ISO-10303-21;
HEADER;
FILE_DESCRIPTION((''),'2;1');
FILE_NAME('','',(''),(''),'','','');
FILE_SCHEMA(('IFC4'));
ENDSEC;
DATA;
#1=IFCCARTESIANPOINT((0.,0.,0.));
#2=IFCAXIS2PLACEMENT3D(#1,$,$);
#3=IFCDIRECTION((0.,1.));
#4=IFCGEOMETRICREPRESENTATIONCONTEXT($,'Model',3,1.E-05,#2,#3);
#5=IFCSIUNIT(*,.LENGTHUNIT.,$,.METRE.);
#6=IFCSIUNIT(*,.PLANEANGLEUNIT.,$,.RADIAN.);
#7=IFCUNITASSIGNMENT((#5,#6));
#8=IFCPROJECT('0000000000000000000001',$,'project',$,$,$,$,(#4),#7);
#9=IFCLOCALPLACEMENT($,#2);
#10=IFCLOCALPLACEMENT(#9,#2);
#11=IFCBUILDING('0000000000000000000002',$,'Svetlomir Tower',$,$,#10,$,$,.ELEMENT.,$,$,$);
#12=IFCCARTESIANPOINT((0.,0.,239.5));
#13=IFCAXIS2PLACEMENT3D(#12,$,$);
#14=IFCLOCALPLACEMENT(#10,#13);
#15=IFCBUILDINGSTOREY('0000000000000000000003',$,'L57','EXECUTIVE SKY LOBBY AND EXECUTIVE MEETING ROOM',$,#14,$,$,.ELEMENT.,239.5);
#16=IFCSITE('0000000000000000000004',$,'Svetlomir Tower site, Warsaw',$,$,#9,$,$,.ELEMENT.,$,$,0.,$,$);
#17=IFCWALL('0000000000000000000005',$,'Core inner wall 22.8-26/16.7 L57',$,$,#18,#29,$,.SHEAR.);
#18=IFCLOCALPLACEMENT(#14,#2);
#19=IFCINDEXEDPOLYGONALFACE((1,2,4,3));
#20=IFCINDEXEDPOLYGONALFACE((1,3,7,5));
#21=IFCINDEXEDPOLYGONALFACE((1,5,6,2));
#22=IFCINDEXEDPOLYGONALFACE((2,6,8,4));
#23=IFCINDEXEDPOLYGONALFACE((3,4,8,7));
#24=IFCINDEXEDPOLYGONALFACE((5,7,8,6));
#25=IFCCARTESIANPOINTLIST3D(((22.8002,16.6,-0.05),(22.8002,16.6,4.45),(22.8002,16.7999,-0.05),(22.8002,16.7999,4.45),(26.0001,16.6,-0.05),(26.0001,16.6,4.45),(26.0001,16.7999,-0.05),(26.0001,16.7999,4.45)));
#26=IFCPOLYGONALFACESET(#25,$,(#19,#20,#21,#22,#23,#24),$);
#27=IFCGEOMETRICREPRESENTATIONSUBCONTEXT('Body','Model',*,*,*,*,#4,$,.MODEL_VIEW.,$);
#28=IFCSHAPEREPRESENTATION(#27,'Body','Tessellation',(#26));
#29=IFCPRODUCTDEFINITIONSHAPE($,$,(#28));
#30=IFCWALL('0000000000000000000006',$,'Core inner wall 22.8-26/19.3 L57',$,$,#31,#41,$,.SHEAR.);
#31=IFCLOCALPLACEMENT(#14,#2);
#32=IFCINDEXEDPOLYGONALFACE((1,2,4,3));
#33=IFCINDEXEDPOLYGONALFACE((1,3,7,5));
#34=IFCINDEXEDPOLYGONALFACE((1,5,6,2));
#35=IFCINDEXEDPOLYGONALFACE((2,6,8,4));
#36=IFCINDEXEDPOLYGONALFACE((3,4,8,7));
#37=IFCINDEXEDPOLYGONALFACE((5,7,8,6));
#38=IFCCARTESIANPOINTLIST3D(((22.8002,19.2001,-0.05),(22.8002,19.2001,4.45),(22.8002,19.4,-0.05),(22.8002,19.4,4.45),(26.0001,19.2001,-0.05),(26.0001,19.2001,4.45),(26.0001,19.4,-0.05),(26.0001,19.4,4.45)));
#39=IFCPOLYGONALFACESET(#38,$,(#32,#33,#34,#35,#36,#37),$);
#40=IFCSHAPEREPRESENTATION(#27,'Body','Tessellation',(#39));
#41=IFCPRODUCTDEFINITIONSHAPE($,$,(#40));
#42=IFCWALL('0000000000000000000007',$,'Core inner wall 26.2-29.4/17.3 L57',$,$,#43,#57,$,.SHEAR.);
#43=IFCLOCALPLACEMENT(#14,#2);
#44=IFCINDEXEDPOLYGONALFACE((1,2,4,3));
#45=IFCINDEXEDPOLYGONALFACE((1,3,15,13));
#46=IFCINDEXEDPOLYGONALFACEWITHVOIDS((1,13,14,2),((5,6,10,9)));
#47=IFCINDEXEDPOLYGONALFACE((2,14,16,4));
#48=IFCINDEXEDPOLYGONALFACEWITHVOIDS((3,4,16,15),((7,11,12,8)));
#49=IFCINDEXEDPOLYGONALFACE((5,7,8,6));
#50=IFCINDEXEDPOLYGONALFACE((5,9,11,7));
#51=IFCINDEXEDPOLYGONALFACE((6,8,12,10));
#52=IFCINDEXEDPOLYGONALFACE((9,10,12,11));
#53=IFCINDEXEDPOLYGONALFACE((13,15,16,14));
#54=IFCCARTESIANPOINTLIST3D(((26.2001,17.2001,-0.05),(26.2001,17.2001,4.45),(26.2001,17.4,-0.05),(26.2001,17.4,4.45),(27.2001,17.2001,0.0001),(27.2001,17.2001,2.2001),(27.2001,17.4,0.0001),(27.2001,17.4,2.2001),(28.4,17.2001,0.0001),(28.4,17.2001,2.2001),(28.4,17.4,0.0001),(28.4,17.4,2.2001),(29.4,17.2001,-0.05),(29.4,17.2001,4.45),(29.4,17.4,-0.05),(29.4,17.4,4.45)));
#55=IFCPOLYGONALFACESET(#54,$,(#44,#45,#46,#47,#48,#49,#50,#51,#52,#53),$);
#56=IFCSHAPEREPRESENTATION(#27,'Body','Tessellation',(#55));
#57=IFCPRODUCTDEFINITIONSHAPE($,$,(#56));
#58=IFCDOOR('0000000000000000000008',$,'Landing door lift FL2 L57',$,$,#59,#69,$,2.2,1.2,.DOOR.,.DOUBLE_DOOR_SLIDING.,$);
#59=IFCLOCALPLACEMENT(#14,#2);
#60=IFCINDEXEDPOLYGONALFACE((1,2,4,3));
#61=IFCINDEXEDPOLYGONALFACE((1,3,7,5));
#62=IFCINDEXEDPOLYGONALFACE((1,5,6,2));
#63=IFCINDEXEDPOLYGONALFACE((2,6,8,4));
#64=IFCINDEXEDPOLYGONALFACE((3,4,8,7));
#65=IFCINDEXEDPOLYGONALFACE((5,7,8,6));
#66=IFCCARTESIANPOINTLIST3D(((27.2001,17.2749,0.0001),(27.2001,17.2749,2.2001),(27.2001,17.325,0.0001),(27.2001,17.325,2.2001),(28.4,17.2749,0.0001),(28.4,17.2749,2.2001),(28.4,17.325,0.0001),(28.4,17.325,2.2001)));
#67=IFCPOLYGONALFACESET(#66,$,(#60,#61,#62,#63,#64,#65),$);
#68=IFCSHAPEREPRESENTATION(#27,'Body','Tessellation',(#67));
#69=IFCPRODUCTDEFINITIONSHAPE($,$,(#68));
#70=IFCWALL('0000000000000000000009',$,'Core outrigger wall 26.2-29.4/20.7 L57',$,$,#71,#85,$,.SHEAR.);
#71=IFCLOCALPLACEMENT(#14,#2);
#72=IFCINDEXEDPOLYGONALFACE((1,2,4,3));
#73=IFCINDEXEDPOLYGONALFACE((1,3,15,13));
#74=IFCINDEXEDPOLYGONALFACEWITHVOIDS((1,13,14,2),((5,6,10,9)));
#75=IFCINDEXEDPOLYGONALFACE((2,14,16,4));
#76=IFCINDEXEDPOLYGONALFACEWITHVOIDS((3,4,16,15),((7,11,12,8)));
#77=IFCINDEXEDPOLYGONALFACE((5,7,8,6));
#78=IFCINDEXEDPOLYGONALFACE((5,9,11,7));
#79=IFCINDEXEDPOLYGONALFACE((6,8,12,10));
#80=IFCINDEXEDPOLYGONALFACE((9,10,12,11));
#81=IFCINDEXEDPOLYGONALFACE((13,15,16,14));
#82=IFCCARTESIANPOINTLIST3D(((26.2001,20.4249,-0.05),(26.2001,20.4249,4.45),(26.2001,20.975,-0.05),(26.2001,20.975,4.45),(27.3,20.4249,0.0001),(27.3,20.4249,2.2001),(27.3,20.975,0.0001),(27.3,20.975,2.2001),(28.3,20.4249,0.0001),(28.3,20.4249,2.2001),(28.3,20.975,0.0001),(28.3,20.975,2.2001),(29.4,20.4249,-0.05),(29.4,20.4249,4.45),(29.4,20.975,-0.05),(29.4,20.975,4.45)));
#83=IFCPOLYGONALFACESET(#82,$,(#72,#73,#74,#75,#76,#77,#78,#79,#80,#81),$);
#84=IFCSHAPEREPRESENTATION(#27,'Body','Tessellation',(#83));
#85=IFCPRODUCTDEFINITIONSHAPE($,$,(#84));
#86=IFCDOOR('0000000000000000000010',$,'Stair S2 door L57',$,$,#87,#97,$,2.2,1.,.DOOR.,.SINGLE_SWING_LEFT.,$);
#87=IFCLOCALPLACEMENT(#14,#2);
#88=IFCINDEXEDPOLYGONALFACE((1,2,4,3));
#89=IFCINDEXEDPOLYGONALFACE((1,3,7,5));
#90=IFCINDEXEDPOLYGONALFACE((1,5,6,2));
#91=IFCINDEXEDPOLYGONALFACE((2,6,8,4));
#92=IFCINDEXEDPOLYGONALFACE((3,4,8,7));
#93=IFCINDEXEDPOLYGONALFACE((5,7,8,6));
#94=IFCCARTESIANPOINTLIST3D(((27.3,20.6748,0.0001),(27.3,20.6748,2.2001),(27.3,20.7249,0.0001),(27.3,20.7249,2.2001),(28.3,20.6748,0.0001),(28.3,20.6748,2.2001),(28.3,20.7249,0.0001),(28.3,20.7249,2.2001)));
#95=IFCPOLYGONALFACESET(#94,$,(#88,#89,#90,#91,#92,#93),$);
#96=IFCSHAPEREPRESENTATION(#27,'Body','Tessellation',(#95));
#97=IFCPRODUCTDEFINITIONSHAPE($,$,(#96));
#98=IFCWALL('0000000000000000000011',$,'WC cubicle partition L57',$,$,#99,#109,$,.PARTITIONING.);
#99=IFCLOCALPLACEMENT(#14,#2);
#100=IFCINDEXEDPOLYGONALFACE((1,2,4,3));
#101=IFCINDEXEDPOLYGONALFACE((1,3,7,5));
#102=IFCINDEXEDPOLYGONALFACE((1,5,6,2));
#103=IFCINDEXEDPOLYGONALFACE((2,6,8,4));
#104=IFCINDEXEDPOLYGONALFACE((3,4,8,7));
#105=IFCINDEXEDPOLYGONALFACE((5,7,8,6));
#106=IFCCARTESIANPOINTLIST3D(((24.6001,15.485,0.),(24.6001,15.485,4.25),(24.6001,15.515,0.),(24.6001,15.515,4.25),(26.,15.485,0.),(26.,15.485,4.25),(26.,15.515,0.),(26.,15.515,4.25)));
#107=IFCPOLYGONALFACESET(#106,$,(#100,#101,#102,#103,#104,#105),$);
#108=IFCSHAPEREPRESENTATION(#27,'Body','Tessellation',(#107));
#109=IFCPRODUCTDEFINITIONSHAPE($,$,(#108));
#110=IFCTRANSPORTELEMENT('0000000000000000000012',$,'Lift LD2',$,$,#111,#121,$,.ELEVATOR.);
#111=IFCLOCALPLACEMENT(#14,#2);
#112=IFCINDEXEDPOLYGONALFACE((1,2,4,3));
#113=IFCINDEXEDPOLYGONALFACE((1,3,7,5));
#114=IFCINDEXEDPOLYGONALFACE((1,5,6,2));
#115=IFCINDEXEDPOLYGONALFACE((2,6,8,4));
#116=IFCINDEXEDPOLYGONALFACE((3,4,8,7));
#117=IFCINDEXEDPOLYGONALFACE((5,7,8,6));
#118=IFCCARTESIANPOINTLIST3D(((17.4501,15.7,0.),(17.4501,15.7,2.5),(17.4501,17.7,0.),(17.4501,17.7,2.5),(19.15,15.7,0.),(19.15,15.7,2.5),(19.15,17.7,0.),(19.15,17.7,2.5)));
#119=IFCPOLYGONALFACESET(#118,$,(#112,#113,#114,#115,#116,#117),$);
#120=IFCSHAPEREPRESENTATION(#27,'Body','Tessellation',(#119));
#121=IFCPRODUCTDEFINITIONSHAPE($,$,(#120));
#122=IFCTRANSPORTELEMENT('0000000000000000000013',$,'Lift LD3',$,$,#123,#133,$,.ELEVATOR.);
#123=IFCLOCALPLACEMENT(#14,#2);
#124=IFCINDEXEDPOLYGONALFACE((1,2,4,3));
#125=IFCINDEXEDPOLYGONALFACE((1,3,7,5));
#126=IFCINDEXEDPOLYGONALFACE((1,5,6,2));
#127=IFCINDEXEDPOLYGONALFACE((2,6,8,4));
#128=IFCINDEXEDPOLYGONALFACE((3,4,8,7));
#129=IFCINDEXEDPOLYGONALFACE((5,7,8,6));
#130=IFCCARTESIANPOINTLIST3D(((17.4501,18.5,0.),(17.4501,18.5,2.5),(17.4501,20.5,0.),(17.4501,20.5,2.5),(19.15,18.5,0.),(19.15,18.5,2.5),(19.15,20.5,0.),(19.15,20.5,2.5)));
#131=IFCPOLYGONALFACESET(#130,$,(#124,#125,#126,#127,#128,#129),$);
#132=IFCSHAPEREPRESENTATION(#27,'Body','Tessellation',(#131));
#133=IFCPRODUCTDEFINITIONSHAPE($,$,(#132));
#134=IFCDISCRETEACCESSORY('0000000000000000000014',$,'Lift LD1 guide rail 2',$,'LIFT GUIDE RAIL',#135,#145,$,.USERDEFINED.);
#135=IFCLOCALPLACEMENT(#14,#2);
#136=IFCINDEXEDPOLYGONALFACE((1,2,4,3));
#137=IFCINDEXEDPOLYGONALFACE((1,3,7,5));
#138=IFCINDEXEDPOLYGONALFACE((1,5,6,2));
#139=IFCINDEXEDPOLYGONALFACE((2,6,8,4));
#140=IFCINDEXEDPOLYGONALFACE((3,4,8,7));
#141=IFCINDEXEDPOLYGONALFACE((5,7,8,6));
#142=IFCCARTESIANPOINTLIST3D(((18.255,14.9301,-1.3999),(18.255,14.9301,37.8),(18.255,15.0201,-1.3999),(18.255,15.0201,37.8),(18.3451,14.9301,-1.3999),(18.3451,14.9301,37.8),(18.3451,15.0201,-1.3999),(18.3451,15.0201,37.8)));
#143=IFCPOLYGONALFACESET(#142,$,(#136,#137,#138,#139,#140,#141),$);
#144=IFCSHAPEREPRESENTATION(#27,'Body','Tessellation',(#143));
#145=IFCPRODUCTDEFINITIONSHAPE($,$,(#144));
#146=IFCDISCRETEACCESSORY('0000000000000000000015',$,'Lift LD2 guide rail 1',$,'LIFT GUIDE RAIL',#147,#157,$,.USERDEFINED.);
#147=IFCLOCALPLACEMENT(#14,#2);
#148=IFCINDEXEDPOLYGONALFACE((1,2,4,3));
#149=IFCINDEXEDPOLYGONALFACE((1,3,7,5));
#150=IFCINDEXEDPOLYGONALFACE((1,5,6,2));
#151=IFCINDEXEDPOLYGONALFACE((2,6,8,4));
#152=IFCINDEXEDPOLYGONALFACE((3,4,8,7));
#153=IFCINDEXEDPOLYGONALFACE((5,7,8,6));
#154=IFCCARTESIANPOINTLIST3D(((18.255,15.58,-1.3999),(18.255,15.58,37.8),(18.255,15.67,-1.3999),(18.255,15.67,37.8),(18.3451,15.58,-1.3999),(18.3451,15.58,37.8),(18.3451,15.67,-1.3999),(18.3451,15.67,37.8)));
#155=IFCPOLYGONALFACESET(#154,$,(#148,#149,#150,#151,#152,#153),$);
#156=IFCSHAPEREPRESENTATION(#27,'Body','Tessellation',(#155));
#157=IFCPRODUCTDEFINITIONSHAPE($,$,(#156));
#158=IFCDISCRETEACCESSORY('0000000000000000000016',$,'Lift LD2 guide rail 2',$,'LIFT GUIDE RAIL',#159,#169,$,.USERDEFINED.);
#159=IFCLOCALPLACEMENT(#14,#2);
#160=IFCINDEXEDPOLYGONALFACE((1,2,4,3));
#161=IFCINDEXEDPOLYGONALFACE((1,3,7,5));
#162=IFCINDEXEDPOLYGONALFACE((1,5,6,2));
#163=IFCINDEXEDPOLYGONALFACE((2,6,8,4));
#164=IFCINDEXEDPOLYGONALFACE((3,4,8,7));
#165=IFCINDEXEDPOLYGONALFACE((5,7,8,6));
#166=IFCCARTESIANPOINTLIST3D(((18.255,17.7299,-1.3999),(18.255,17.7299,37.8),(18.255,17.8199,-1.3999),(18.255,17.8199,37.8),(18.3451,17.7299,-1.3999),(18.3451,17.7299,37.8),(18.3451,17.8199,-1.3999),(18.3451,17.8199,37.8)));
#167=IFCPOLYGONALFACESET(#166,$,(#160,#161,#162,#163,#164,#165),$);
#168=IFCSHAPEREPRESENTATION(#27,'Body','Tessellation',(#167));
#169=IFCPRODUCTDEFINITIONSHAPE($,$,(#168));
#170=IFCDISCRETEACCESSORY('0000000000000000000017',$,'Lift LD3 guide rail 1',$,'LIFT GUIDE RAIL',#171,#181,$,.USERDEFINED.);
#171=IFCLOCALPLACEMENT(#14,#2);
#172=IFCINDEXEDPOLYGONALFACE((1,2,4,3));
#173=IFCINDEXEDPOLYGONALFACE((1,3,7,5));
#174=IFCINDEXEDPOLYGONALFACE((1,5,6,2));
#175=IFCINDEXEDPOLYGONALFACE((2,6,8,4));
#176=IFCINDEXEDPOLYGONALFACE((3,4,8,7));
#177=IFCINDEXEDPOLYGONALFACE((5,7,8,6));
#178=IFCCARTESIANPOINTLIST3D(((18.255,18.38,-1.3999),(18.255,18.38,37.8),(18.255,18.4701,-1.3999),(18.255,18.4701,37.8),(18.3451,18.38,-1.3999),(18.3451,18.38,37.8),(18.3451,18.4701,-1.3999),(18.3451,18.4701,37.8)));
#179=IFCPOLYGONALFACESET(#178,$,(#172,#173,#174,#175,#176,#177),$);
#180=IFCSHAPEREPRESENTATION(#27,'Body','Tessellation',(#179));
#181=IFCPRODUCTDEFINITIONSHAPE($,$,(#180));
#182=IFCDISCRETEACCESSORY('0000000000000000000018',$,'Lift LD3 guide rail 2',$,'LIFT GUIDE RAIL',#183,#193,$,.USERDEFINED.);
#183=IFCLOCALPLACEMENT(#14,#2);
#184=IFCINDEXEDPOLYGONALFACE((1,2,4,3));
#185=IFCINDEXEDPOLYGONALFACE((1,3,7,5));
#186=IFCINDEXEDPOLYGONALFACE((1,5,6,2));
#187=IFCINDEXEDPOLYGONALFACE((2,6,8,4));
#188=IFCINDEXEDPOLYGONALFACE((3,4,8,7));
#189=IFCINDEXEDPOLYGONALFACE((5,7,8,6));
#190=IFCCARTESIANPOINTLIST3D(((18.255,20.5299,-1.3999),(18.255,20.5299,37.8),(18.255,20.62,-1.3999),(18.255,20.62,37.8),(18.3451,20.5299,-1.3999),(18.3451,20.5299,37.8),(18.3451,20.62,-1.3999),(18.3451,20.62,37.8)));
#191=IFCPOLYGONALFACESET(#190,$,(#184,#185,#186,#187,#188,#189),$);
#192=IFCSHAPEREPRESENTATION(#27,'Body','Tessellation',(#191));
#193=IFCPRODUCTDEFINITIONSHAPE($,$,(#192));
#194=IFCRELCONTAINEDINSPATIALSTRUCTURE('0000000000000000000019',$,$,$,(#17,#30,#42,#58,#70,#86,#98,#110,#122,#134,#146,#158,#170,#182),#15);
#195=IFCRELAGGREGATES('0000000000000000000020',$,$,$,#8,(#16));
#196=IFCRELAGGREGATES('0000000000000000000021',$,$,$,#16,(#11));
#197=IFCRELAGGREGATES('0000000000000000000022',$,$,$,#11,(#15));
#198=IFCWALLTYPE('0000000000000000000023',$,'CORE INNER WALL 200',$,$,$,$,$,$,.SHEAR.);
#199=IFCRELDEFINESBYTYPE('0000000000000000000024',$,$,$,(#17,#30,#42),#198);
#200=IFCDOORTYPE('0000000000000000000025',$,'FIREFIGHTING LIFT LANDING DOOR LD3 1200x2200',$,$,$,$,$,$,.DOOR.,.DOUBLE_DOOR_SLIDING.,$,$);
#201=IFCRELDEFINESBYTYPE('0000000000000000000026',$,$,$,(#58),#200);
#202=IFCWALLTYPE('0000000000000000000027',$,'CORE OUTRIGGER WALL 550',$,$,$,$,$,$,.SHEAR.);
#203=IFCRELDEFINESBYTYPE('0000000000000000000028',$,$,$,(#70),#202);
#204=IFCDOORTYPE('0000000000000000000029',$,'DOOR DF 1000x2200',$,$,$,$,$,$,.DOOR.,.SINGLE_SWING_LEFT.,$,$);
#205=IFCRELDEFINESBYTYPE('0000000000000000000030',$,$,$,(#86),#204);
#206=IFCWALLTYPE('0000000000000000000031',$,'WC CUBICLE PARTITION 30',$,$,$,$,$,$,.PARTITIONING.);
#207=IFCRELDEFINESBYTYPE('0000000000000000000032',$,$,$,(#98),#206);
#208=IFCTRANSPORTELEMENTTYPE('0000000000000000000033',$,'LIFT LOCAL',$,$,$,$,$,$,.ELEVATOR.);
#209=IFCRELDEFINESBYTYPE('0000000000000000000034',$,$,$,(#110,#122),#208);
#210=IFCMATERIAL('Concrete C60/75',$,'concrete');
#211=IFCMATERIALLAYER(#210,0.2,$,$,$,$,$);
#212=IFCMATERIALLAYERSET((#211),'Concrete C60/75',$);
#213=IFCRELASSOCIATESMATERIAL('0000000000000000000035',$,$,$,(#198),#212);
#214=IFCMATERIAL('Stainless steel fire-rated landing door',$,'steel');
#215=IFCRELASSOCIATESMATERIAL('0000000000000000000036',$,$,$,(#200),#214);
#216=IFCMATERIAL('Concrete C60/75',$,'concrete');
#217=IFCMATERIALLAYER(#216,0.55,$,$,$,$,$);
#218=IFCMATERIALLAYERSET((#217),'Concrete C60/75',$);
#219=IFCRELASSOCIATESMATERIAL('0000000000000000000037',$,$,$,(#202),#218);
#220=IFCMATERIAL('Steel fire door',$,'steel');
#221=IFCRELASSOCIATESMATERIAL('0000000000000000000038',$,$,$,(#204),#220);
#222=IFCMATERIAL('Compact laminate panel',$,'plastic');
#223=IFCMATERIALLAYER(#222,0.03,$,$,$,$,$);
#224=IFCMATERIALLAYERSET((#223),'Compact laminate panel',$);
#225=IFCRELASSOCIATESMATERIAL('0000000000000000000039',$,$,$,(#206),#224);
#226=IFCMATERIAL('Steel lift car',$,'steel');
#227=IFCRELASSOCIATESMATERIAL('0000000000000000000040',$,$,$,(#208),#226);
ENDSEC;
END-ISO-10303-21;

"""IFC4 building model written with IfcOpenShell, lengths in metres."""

from ifc_helpers import new_model, si_unit, direction, frame, frame_2d, origin, origin_2d, place, context, subcontext, project, spatial, rectangle, extrude, material, layer, layer_set, type_object, element, fill, save


model = new_model("IFC4")

# Units and contexts
model_context = context("Model", 3, precision=1e-05, world=origin(), true_north=direction((0.0, 1.0)))
body_context = subcontext(model_context, "Body", "Model", "MODEL_VIEW")
ifc_project = project(units=[si_unit("LENGTHUNIT", "METRE"), si_unit("PLANEANGLEUNIT", "RADIAN")], contexts=[model_context])

# Site, building, storey
site_placement = place(None, origin())
site = spatial("IfcSite", under=ifc_project, at=site_placement, Name="Svetlomir Tower site, Warsaw", CompositionType="ELEMENT", RefElevation=0.0)
building_placement = place(site_placement, origin())
building = spatial("IfcBuilding", under=site, at=building_placement, Name="Svetlomir Tower", CompositionType="ELEMENT")
storey_placement = place(building_placement, frame((0.0, 0.0, 239.5)))
storey = spatial("IfcBuildingStorey", under=building, at=storey_placement, Name="L57", Description="EXECUTIVE SKY LOBBY AND EXECUTIVE MEETING ROOM", CompositionType="ELEMENT", Elevation=239.5)

# Walls
ifc_material_1 = material(Name="Concrete C60/75", Category="concrete")
ifc_layer_1 = layer(ifc_material_1, 0.2)
ifc_layer_set_1 = layer_set([ifc_layer_1], Name="Concrete C60/75")
wall_type_1 = type_object("IfcWallType", Name="CORE INNER WALL 200", PredefinedType="SHEAR", material=ifc_layer_set_1)
for number, where, z_axis, x_axis, name in (
    (1, (22.8, 16.7, -0.05), (0.0, 0.0, 1.0), (1.0, 0.0, 0.0), "Core inner wall 22.8-26/16.7 L57"),
    (2, (22.8, 19.3, -0.05), (0.0, 0.0, 1.0), (1.0, 0.0, 0.0), "Core inner wall 22.8-26/19.3 L57"),
):
    element("IfcWall", number, at=place(storey_placement, frame(where, z_axis=z_axis, x_axis=x_axis)), inside=storey, type_object=wall_type_1, Name=name, PredefinedType="SHEAR", context=body_context, shape_type="SweptSolid", body=[
        extrude(rectangle(XDim=3.2, YDim=0.2, at=frame_2d((1.6001, 0.0))), origin(), (0.0, 0.0, 1.0), 4.5),
    ])

# Walls, openings, doors
wall_1_placement = place(storey_placement, frame((26.2, 17.3, -0.05), z_axis=(0.0, 0.0, 1.0), x_axis=(1.0, 0.0, 0.0)))
wall_1 = element("IfcWall", 3, at=wall_1_placement, inside=storey, type_object=wall_type_1, Name="Core inner wall 26.2-29.4/17.3 L57", PredefinedType="SHEAR", context=body_context, shape_type="SweptSolid", body=[
    extrude(rectangle(XDim=3.2, YDim=0.2, at=frame_2d((1.6001, 0.0))), origin(), (0.0, 0.0, 1.0), 4.5),
])
opening_1_placement = place(wall_1_placement, frame((1.0, 0.0, 0.05)))
opening_1 = element("IfcOpeningElement", 4, at=opening_1_placement, cuts=wall_1, PredefinedType="OPENING", context=body_context, shape_type="SweptSolid", body=[
    extrude(rectangle(XDim=1.2, YDim=2.2, at=frame_2d((0.6001, 1.1001))), frame((0.0, 0.1099, 0.0), z_axis=(0.0, -1.0, 0.0), x_axis=(1.0, 0.0, 0.0)), (0.0, 0.0, 1.0), 0.22),
])
ifc_material_2 = material(Name="Stainless steel fire-rated landing door", Category="steel")
door_type_1 = type_object("IfcDoorType", Name="FIREFIGHTING LIFT LANDING DOOR LD3 1200x2200", OperationType="DOUBLE_DOOR_SLIDING", PredefinedType="DOOR", material=ifc_material_2)
door_1_placement = place(opening_1_placement, origin())
door_1 = element("IfcDoor", 5, at=door_1_placement, inside=storey, type_object=door_type_1, Name="Landing door lift FL2 L57", OperationType="DOUBLE_DOOR_SLIDING", OverallHeight=2.2, OverallWidth=1.2, PredefinedType="DOOR", context=body_context, shape_type="SweptSolid", body=[
    extrude(rectangle(XDim=1.2, YDim=2.2, at=frame_2d((0.6001, 1.1001))), frame((0.0, 0.0249, 0.0), z_axis=(0.0, -1.0, 0.0), x_axis=(1.0, 0.0, 0.0)), (0.0, 0.0, 1.0), 0.05),
])
fill(opening_1, door_1)
ifc_material_3 = material(Name="Concrete C60/75", Category="concrete")
ifc_layer_2 = layer(ifc_material_3, 0.55)
ifc_layer_set_2 = layer_set([ifc_layer_2], Name="Concrete C60/75")
wall_type_2 = type_object("IfcWallType", Name="CORE OUTRIGGER WALL 550", PredefinedType="SHEAR", material=ifc_layer_set_2)
wall_2_placement = place(storey_placement, frame((26.2, 20.7, -0.05), z_axis=(0.0, 0.0, 1.0), x_axis=(1.0, 0.0, 0.0)))
wall_2 = element("IfcWall", 6, at=wall_2_placement, inside=storey, type_object=wall_type_2, Name="Core outrigger wall 26.2-29.4/20.7 L57", PredefinedType="SHEAR", context=body_context, shape_type="SweptSolid", body=[
    extrude(rectangle(XDim=3.2, YDim=0.55, at=frame_2d((1.6001, 0.0))), origin(), (0.0, 0.0, 1.0), 4.5),
])
opening_2_placement = place(wall_2_placement, frame((1.1001, 0.0, 0.05)))
opening_2 = element("IfcOpeningElement", 7, at=opening_2_placement, cuts=wall_2, PredefinedType="OPENING", context=body_context, shape_type="SweptSolid", body=[
    extrude(rectangle(XDim=1.0, YDim=2.2, at=frame_2d((0.5, 1.1001))), frame((0.0, 0.2852, 0.0), z_axis=(0.0, -1.0, 0.0), x_axis=(1.0, 0.0, 0.0)), (0.0, 0.0, 1.0), 0.5701),
])
ifc_material_4 = material(Name="Steel fire door", Category="steel")
door_type_2 = type_object("IfcDoorType", Name="DOOR DF 1000x2200", OperationType="SINGLE_SWING_LEFT", PredefinedType="DOOR", material=ifc_material_4)
door_2_placement = place(opening_2_placement, origin())
door_2 = element("IfcDoor", 8, at=door_2_placement, inside=storey, type_object=door_type_2, Name="Stair S2 door L57", OperationType="SINGLE_SWING_LEFT", OverallHeight=2.2, OverallWidth=1.0, PredefinedType="DOOR", context=body_context, shape_type="SweptSolid", body=[
    extrude(rectangle(XDim=1.0, YDim=2.2, at=frame_2d((0.5, 1.1001))), frame((0.0, 0.0249, 0.0), z_axis=(0.0, -1.0, 0.0), x_axis=(1.0, 0.0, 0.0)), (0.0, 0.0, 1.0), 0.05),
])
fill(opening_2, door_2)

# Wall
ifc_material_5 = material(Name="Compact laminate panel", Category="plastic")
ifc_layer_3 = layer(ifc_material_5, 0.03)
ifc_layer_set_3 = layer_set([ifc_layer_3], Name="Compact laminate panel")
wall_type_3 = type_object("IfcWallType", Name="WC CUBICLE PARTITION 30", PredefinedType="PARTITIONING", material=ifc_layer_set_3)
wall_3_placement = place(storey_placement, frame((24.6001, 15.5, 0.0), z_axis=(0.0, 0.0, 1.0), x_axis=(1.0, 0.0, 0.0)))
element("IfcWall", 9, at=wall_3_placement, inside=storey, type_object=wall_type_3, Name="WC cubicle partition L57", PredefinedType="PARTITIONING", context=body_context, shape_type="SweptSolid", body=[
    extrude(rectangle(XDim=1.3999, YDim=0.03, at=frame_2d((0.7, 0.0))), origin(), (0.0, 0.0, 1.0), 4.25),
])

# Transport elements
ifc_material_6 = material(Name="Steel lift car", Category="steel")
transport_element_type = type_object("IfcTransportElementType", Name="LIFT LOCAL", PredefinedType="ELEVATOR", material=ifc_material_6)
for number, where, z_axis, x_axis, name in (
    (10, (18.3, 16.7, 0.0), (0.0, 0.0, 1.0), (1.0, 0.0, 0.0), "Lift LD2"),
    (11, (18.3, 19.5, 0.0), (0.0, 0.0, 1.0), (1.0, 0.0, 0.0), "Lift LD3"),
):
    element("IfcTransportElement", number, at=place(storey_placement, frame(where, z_axis=z_axis, x_axis=x_axis)), inside=storey, type_object=transport_element_type, Name=name, PredefinedType="ELEVATOR", context=body_context, shape_type="SweptSolid", body=[
        extrude(rectangle(XDim=1.7, YDim=2.0, at=origin_2d()), origin(), (0.0, 0.0, 1.0), 2.5),
    ])

# Discrete accessories
for number, where, z_axis, x_axis, name in (
    (12, (18.3, 14.9751, -1.3999), (0.0, 0.0, 1.0), (1.0, 0.0, 0.0), "Lift LD1 guide rail 2"),
    (13, (18.3, 15.625, -1.3999), (0.0, 0.0, 1.0), (1.0, 0.0, 0.0), "Lift LD2 guide rail 1"),
    (14, (18.3, 17.7749, -1.3999), (0.0, 0.0, 1.0), (1.0, 0.0, 0.0), "Lift LD2 guide rail 2"),
    (15, (18.3, 18.425, -1.3999), (0.0, 0.0, 1.0), (1.0, 0.0, 0.0), "Lift LD3 guide rail 1"),
    (16, (18.3, 20.575, -1.3999), (0.0, 0.0, 1.0), (1.0, 0.0, 0.0), "Lift LD3 guide rail 2"),
):
    element("IfcDiscreteAccessory", number, at=place(storey_placement, frame(where, z_axis=z_axis, x_axis=x_axis)), inside=storey, Name=name, ObjectType="LIFT GUIDE RAIL", PredefinedType="USERDEFINED", context=body_context, shape_type="SweptSolid", body=[
        extrude(rectangle(XDim=0.0901, YDim=0.0901, at=origin_2d()), origin(), (0.0, 0.0, 1.0), 39.2),
    ])

save(model, "model.ifc")
